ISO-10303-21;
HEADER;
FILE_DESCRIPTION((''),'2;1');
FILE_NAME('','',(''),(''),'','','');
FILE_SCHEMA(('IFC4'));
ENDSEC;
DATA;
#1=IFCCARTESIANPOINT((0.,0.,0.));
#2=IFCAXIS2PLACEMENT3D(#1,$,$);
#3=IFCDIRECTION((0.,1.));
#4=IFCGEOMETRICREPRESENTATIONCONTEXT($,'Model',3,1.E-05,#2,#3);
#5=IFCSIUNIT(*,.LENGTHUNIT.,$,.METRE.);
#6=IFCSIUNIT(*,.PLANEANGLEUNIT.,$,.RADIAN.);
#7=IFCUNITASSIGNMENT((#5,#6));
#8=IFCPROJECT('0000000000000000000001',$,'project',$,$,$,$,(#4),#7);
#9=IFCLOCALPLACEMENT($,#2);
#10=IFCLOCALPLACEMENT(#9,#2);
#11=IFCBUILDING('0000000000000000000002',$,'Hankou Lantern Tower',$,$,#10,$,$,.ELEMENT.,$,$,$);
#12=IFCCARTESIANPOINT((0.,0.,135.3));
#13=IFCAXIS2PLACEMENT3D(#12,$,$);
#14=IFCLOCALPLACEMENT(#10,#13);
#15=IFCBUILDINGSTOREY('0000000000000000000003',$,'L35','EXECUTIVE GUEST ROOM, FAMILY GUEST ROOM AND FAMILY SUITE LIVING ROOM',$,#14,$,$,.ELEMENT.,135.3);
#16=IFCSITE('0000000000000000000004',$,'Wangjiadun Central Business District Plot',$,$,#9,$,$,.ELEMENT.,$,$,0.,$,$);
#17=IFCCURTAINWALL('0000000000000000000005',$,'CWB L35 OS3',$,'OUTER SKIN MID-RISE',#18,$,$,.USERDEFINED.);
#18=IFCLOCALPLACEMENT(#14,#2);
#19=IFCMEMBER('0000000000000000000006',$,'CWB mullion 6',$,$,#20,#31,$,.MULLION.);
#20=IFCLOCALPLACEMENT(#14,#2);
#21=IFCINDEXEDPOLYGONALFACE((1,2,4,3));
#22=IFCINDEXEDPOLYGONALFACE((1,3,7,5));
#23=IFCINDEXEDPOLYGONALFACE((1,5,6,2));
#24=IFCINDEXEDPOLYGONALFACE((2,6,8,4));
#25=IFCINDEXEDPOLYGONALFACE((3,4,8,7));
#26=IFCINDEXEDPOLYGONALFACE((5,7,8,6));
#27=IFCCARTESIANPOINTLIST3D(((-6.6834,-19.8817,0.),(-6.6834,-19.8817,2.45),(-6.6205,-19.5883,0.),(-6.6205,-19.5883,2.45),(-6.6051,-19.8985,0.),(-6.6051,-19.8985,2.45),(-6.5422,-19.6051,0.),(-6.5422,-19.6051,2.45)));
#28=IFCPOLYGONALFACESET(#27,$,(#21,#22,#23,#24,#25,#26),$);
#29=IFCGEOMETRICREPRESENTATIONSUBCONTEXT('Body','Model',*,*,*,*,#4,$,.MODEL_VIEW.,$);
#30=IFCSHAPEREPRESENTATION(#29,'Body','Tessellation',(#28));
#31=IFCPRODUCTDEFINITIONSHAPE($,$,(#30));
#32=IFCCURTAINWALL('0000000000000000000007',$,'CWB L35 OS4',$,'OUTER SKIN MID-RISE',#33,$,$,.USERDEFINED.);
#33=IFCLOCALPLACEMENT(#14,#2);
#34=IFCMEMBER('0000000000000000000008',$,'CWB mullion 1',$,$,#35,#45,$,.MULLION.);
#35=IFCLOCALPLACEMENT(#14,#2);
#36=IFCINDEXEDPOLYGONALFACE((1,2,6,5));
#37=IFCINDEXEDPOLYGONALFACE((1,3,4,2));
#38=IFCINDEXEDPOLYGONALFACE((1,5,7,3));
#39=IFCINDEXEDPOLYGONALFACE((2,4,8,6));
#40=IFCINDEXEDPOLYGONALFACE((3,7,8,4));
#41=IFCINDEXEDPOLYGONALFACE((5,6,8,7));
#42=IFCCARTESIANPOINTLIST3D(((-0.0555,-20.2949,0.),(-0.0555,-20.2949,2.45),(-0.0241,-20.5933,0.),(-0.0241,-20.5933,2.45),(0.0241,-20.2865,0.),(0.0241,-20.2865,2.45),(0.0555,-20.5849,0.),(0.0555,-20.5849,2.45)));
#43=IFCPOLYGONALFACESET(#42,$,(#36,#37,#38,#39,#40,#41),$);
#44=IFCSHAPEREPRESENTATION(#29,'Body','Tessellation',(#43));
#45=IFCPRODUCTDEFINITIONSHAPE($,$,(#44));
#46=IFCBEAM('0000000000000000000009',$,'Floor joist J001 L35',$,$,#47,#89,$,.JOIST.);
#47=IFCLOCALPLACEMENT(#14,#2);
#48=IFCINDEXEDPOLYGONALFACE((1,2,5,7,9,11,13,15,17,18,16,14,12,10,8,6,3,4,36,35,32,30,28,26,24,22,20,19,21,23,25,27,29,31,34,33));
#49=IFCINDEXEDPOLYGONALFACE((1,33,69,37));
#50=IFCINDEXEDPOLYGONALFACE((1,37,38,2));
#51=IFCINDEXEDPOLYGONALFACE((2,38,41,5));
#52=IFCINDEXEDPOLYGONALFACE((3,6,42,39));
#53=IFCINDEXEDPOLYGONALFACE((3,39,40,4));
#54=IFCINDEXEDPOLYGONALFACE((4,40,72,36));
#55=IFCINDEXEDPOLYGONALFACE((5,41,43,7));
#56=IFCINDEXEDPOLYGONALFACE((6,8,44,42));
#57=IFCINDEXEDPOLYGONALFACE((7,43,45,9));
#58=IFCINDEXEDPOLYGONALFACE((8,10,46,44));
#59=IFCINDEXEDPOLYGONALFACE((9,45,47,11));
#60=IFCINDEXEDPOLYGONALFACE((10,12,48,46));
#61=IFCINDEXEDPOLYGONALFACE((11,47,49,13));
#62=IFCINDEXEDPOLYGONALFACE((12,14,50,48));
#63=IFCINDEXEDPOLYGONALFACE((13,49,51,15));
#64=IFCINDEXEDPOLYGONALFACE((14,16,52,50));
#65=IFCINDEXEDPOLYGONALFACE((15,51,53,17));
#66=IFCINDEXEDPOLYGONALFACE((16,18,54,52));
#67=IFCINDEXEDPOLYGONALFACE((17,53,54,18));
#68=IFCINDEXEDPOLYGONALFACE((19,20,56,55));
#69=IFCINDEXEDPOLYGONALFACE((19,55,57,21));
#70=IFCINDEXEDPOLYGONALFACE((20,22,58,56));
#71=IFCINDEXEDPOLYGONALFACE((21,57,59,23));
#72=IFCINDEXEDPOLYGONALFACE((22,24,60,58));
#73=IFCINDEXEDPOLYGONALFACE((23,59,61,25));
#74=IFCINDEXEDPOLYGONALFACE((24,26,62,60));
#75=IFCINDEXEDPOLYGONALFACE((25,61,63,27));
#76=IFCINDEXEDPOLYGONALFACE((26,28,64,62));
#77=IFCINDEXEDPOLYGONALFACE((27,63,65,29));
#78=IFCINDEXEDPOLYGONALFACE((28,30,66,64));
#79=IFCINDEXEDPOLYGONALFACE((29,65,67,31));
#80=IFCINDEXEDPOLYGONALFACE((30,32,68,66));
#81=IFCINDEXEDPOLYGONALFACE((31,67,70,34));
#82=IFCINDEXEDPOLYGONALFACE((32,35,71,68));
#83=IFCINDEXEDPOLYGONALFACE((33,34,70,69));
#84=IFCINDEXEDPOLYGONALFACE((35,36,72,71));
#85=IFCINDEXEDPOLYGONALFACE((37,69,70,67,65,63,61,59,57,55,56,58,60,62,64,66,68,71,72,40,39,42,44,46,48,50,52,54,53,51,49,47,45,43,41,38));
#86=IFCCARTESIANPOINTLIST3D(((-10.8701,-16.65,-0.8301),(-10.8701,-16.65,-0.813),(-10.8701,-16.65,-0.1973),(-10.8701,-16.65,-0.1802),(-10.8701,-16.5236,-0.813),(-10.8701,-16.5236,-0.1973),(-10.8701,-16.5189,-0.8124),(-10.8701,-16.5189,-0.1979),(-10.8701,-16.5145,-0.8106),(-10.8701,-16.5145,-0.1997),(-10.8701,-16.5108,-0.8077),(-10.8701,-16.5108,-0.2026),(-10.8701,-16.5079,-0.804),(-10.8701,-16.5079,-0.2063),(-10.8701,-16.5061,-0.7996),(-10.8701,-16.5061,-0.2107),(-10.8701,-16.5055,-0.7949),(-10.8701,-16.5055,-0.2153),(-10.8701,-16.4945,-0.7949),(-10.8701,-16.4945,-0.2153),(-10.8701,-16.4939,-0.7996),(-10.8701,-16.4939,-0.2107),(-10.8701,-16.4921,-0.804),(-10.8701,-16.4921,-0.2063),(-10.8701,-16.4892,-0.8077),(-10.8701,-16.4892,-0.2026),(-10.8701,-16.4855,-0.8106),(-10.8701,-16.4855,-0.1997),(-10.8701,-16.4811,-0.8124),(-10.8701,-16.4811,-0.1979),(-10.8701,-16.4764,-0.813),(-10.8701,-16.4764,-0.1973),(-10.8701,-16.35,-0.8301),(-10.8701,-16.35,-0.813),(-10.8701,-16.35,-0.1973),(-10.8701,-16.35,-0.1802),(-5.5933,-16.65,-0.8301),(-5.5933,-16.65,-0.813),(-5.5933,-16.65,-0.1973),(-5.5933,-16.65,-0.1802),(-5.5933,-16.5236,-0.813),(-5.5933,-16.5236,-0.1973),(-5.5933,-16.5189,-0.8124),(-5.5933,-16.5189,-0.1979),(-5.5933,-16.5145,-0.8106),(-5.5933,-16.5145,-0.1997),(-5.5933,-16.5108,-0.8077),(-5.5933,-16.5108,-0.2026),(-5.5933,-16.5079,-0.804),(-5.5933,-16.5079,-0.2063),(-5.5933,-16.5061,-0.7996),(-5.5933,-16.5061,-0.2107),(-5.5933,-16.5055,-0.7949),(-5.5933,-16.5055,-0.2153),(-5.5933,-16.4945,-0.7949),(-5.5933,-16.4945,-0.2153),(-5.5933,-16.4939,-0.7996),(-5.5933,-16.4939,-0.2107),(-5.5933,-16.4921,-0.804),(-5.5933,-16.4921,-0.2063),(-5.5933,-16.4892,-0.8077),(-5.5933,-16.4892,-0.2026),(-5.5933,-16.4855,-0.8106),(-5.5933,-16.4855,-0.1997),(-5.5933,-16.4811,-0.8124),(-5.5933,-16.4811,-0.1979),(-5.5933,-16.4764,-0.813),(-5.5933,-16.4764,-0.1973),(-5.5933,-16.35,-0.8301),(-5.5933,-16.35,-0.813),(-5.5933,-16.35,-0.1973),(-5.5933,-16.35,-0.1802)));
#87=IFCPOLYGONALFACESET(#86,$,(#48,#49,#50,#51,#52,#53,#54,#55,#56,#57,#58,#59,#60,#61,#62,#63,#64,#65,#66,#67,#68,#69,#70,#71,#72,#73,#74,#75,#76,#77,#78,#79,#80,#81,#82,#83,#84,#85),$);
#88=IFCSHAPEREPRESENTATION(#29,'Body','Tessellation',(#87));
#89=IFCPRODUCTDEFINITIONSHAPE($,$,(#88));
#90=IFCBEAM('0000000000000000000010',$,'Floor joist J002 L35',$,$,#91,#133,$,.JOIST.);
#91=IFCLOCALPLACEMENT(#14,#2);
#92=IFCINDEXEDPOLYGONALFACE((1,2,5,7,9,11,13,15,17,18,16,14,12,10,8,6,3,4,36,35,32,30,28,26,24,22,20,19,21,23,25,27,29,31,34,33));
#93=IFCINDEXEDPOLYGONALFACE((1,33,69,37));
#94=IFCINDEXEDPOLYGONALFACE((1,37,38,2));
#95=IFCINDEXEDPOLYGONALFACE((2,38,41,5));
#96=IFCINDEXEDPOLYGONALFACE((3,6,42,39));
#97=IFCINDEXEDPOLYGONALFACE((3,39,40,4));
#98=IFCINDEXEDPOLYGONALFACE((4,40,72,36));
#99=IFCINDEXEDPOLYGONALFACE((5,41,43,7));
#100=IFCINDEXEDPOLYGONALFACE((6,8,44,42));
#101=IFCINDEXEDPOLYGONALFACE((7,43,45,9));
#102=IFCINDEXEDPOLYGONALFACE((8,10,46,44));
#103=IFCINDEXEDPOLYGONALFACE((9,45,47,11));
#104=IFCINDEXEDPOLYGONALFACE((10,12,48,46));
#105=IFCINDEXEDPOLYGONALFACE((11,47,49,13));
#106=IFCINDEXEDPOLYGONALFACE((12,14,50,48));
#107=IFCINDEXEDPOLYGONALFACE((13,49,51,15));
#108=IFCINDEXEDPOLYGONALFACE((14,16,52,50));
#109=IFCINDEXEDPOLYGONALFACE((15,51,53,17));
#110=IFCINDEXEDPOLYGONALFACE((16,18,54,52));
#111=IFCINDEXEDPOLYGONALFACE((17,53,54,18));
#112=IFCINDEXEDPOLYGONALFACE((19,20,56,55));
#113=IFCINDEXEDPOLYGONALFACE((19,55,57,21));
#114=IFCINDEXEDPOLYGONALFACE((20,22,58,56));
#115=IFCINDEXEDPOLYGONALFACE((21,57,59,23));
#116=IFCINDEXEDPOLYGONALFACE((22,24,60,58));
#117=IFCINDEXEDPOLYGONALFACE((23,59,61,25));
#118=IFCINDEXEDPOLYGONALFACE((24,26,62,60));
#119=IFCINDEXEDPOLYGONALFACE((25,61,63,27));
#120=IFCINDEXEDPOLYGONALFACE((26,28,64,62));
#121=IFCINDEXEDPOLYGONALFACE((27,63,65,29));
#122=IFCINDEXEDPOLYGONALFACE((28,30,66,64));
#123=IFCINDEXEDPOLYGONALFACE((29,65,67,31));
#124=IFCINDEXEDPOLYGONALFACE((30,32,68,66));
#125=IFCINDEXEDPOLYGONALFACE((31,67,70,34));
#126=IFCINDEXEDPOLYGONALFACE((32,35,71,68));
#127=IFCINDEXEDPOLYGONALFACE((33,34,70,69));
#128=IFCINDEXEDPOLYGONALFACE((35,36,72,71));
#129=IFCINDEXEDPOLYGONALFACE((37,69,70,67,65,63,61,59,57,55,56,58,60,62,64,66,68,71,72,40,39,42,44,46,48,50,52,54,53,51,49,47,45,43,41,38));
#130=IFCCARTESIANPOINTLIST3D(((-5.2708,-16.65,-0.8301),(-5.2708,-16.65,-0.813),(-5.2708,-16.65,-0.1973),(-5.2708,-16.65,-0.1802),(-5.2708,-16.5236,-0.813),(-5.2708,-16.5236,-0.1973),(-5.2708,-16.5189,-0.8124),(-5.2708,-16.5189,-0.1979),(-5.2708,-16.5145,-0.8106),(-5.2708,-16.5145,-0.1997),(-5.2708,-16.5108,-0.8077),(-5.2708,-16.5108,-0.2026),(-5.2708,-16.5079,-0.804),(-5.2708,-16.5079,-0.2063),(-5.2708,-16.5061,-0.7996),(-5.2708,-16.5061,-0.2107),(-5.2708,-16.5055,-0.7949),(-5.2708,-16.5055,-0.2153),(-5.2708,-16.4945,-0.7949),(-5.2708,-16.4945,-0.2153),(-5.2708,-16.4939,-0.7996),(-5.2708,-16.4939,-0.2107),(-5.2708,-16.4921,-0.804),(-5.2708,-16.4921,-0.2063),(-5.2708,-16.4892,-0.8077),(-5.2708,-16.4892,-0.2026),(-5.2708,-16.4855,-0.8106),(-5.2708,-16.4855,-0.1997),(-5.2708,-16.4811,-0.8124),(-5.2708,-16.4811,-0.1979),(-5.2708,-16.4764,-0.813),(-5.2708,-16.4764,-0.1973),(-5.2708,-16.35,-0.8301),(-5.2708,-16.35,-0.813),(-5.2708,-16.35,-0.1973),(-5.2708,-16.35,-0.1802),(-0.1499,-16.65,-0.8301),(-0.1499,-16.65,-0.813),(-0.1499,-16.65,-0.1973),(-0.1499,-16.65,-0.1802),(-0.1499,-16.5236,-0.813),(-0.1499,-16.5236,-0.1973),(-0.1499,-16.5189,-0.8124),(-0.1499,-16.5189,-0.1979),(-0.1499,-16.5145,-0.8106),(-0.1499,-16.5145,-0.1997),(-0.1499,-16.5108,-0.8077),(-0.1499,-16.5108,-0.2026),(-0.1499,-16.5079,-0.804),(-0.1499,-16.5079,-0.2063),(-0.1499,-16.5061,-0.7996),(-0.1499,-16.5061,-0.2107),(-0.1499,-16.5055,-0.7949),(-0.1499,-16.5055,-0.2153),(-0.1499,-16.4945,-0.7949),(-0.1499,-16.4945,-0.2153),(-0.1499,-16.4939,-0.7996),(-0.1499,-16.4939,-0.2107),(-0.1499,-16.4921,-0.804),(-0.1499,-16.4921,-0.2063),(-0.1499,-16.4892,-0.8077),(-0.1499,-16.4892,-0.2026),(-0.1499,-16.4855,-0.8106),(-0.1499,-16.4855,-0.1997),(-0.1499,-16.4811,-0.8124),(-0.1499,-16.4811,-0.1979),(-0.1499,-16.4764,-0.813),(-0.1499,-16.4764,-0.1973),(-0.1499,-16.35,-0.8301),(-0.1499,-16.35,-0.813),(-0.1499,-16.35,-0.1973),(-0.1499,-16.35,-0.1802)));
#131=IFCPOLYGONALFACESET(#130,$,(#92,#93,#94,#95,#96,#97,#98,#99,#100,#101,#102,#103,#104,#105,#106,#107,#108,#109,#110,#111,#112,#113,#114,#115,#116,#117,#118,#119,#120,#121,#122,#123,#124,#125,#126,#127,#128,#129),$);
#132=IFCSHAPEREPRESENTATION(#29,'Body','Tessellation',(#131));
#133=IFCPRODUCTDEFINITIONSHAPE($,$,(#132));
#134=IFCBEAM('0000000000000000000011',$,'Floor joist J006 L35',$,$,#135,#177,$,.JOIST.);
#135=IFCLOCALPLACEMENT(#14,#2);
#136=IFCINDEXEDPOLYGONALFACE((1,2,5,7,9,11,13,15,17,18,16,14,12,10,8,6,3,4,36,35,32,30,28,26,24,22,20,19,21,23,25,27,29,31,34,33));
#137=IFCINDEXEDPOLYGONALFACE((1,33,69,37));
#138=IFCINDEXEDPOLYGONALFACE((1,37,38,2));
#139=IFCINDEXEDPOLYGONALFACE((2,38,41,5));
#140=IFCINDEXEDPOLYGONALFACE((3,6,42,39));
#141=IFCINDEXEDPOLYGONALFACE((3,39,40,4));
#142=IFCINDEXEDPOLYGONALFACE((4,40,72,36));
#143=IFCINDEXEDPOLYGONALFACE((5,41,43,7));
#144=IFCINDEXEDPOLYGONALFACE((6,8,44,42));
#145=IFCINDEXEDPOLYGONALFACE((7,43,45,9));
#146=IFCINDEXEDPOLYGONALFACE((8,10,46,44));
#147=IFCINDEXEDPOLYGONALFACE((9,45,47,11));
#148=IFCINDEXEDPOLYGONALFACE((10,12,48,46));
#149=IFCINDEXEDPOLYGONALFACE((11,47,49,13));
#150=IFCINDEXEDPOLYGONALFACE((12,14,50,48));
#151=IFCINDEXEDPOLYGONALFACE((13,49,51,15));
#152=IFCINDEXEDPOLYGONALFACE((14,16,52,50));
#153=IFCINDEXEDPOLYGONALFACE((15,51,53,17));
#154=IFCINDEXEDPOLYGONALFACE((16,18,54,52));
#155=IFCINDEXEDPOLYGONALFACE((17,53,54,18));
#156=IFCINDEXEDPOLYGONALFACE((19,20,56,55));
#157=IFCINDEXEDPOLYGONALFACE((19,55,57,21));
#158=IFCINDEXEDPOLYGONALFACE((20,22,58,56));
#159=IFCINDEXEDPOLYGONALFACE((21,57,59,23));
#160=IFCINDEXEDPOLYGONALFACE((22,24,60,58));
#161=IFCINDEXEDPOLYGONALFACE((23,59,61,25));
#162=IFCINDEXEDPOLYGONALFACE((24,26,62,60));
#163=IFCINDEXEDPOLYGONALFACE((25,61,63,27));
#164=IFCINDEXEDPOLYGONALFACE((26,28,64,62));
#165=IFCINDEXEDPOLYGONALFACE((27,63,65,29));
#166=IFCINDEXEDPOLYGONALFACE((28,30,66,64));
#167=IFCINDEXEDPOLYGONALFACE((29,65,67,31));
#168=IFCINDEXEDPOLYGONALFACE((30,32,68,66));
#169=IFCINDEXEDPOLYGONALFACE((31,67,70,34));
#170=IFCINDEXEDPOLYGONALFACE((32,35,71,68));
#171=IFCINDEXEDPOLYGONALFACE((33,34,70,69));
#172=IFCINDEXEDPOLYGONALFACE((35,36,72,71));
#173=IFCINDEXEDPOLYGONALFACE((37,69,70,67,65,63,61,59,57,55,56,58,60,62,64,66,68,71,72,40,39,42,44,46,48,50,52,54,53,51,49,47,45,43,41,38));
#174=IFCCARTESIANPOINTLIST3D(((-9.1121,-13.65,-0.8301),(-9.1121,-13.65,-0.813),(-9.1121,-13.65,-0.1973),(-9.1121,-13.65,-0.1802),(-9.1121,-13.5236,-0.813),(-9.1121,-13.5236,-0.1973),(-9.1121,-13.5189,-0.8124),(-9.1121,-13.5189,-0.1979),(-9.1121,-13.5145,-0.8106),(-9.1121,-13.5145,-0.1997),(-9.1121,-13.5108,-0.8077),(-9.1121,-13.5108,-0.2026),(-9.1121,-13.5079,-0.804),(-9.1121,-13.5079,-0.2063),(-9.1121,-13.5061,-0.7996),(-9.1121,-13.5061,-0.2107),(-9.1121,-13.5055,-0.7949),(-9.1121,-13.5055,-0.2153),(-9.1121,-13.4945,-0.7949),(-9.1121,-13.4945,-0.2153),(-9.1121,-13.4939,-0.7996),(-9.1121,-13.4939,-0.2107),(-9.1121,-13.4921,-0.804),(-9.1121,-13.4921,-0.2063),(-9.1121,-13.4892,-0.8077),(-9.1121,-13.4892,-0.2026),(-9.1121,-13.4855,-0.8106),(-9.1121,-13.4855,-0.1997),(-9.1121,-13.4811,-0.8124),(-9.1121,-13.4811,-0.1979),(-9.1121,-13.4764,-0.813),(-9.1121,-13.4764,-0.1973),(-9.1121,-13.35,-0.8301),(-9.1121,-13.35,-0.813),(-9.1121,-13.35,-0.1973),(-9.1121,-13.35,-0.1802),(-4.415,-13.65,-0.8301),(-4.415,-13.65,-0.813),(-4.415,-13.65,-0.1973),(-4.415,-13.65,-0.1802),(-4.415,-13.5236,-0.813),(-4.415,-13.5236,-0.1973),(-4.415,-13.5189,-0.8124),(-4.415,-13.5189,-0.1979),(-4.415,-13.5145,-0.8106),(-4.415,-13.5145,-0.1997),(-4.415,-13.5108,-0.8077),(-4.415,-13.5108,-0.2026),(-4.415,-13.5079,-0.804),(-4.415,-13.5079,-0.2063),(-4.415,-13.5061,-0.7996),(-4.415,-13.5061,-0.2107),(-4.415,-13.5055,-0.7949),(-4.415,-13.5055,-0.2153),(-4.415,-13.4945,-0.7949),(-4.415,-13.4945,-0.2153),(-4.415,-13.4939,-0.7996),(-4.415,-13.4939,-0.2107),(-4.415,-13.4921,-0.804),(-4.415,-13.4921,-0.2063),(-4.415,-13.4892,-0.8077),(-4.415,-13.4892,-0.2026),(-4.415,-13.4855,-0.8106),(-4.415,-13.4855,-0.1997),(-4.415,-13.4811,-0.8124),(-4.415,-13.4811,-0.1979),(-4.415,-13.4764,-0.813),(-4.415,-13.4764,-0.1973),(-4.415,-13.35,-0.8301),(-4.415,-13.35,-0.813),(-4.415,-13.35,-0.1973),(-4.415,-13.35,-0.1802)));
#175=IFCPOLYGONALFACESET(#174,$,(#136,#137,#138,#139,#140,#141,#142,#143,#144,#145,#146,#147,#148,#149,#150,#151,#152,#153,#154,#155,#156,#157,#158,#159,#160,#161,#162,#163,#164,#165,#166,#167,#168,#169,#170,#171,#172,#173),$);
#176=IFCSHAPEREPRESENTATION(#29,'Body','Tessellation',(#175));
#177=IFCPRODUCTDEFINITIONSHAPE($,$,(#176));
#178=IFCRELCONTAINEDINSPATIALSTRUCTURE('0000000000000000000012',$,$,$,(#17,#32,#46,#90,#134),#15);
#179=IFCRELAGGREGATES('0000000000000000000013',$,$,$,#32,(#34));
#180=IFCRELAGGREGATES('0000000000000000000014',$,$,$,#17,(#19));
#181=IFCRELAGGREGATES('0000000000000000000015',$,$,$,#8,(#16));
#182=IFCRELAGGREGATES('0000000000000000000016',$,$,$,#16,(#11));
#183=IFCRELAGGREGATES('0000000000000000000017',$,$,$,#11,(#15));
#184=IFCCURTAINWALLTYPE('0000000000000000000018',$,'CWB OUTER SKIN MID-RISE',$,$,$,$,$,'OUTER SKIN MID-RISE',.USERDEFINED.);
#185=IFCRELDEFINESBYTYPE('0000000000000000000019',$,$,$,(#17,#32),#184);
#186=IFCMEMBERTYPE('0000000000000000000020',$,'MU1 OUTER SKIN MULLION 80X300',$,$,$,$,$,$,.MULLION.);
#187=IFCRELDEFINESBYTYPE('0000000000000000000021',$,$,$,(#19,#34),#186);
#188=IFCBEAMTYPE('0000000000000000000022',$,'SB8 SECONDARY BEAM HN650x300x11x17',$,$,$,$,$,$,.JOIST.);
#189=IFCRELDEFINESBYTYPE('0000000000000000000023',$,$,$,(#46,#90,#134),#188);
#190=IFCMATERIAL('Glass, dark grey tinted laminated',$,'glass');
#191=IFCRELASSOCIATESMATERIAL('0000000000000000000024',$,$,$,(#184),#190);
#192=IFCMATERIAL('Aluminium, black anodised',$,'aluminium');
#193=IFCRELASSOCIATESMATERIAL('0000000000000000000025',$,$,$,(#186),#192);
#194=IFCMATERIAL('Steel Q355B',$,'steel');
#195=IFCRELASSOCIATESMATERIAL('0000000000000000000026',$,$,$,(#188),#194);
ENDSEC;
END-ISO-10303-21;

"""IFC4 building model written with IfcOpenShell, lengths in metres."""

from ifc_helpers import new_model, si_unit, direction, frame, origin, origin_2d, place, context, subcontext, project, spatial, rectangle, i_section, extrude, material, material_profile, profile_set, type_object, element, aggregate, save


model = new_model("IFC4")

# Units and contexts
model_context = context("Model", 3, precision=1e-05, world=origin(), true_north=direction((0.0, 1.0)))
body_context = subcontext(model_context, "Body", "Model", "MODEL_VIEW")
ifc_project = project(units=[si_unit("LENGTHUNIT", "METRE"), si_unit("PLANEANGLEUNIT", "RADIAN")], contexts=[model_context])

# Site, building, storey
site_placement = place(None, origin())
site = spatial("IfcSite", under=ifc_project, at=site_placement, Name="Wangjiadun Central Business District Plot", CompositionType="ELEMENT", RefElevation=0.0)
building_placement = place(site_placement, origin())
building = spatial("IfcBuilding", under=site, at=building_placement, Name="Hankou Lantern Tower", CompositionType="ELEMENT")
storey_placement = place(building_placement, frame((0.0, 0.0, 135.3)))
storey = spatial("IfcBuildingStorey", under=building, at=storey_placement, Name="L35", Description="EXECUTIVE GUEST ROOM, FAMILY GUEST ROOM AND FAMILY SUITE LIVING ROOM", CompositionType="ELEMENT", Elevation=135.3)

# Curtain walls, members
ifc_material_1 = material(Name="Glass, dark grey tinted laminated", Category="glass")
curtain_wall_type = type_object("IfcCurtainWallType", Name="CWB OUTER SKIN MID-RISE", ElementType="OUTER SKIN MID-RISE", PredefinedType="USERDEFINED", material=ifc_material_1)
curtain_wall_1_placement = place(storey_placement, origin())
curtain_wall_1 = element("IfcCurtainWall", 1, at=curtain_wall_1_placement, inside=storey, type_object=curtain_wall_type, Name="CWB L35 OS3", ObjectType="OUTER SKIN MID-RISE", PredefinedType="USERDEFINED")
ifc_material_2 = material(Name="Aluminium, black anodised", Category="aluminium")
ifc_material_profile_1 = material_profile(ifc_material_2, rectangle(XDim=0.0801, YDim=0.3, at=origin_2d()), Name="MU1 80X300")
ifc_profile_set_1 = profile_set([ifc_material_profile_1], Name="Aluminium, black anodised")
member_type_1 = type_object("IfcMemberType", Name="MU1 OUTER SKIN MULLION 80X300", PredefinedType="MULLION", material=ifc_profile_set_1)
member_1_placement = place(storey_placement, frame((-6.6128, -19.7434, 0.0), z_axis=(0.0, 0.0, 1.0), x_axis=(0.977788, -0.209598, 0.0)))
member_1 = element("IfcMember", 2, at=member_1_placement, type_object=member_type_1, Name="CWB mullion 6", PredefinedType="MULLION", context=body_context, shape_type="SweptSolid", body=[
    extrude(rectangle(XDim=0.0801, YDim=0.3, at=origin_2d()), origin(), (0.0, 0.0, 1.0), 2.45),
])
curtain_wall_2_placement = place(storey_placement, origin())
curtain_wall_2 = element("IfcCurtainWall", 3, at=curtain_wall_2_placement, inside=storey, type_object=curtain_wall_type, Name="CWB L35 OS4", ObjectType="OUTER SKIN MID-RISE", PredefinedType="USERDEFINED")
member_2_placement = place(storey_placement, frame((0.0, -20.4399, 0.0), z_axis=(0.0, 0.0, 1.0), x_axis=(0.994499, 0.104743, 0.0)))
member_2 = element("IfcMember", 4, at=member_2_placement, type_object=member_type_1, Name="CWB mullion 1", PredefinedType="MULLION", context=body_context, shape_type="SweptSolid", body=[
    extrude(rectangle(XDim=0.0801, YDim=0.3, at=origin_2d()), origin(), (0.0, 0.0, 1.0), 2.45),
])
aggregate(curtain_wall_2, [member_2])

# Beams
ifc_material_3 = material(Name="Steel Q355B", Category="steel")
ifc_material_profile_2 = material_profile(ifc_material_3, i_section(OverallWidth=0.3, OverallDepth=0.6499, WebThickness=0.011, FlangeThickness=0.0171, FilletRadius=0.0181, at=origin_2d()), Name="HN650x300x11x17")
ifc_profile_set_2 = profile_set([ifc_material_profile_2], Name="Steel Q355B")
beam_type_1 = type_object("IfcBeamType", Name="SB8 SECONDARY BEAM HN650x300x11x17", PredefinedType="JOIST", material=ifc_profile_set_2)
beam_1_placement = place(storey_placement, frame((-10.8701, -16.5, -0.5051), z_axis=(1.0, 0.0, 0.0), x_axis=(0.0, 1.0, 0.0)))
element("IfcBeam", 5, at=beam_1_placement, inside=storey, type_object=beam_type_1, Name="Floor joist J001 L35", PredefinedType="JOIST", context=body_context, shape_type="SweptSolid", body=[
    extrude(i_section(OverallWidth=0.3, OverallDepth=0.6499, WebThickness=0.011, FlangeThickness=0.0171, FilletRadius=0.0181, at=origin_2d()), origin(), (0.0, 0.0, 1.0), 5.2769),
])
beam_2_placement = place(storey_placement, frame((-5.2708, -16.5, -0.5051), z_axis=(1.0, 0.0, 0.0), x_axis=(0.0, 1.0, 0.0)))
element("IfcBeam", 6, at=beam_2_placement, inside=storey, type_object=beam_type_1, Name="Floor joist J002 L35", PredefinedType="JOIST", context=body_context, shape_type="SweptSolid", body=[
    extrude(i_section(OverallWidth=0.3, OverallDepth=0.6499, WebThickness=0.011, FlangeThickness=0.0171, FilletRadius=0.0181, at=origin_2d()), origin(), (0.0, 0.0, 1.0), 5.1208),
])
beam_3_placement = place(storey_placement, frame((-9.1121, -13.5, -0.5051), z_axis=(1.0, 0.0, 0.0), x_axis=(0.0, 1.0, 0.0)))
element("IfcBeam", 7, at=beam_3_placement, inside=storey, type_object=beam_type_1, Name="Floor joist J006 L35", PredefinedType="JOIST", context=body_context, shape_type="SweptSolid", body=[
    extrude(i_section(OverallWidth=0.3, OverallDepth=0.6499, WebThickness=0.011, FlangeThickness=0.0171, FilletRadius=0.0181, at=origin_2d()), origin(), (0.0, 0.0, 1.0), 4.697),
])

aggregate(curtain_wall_1, [member_1])

save(model, "model.ifc")
